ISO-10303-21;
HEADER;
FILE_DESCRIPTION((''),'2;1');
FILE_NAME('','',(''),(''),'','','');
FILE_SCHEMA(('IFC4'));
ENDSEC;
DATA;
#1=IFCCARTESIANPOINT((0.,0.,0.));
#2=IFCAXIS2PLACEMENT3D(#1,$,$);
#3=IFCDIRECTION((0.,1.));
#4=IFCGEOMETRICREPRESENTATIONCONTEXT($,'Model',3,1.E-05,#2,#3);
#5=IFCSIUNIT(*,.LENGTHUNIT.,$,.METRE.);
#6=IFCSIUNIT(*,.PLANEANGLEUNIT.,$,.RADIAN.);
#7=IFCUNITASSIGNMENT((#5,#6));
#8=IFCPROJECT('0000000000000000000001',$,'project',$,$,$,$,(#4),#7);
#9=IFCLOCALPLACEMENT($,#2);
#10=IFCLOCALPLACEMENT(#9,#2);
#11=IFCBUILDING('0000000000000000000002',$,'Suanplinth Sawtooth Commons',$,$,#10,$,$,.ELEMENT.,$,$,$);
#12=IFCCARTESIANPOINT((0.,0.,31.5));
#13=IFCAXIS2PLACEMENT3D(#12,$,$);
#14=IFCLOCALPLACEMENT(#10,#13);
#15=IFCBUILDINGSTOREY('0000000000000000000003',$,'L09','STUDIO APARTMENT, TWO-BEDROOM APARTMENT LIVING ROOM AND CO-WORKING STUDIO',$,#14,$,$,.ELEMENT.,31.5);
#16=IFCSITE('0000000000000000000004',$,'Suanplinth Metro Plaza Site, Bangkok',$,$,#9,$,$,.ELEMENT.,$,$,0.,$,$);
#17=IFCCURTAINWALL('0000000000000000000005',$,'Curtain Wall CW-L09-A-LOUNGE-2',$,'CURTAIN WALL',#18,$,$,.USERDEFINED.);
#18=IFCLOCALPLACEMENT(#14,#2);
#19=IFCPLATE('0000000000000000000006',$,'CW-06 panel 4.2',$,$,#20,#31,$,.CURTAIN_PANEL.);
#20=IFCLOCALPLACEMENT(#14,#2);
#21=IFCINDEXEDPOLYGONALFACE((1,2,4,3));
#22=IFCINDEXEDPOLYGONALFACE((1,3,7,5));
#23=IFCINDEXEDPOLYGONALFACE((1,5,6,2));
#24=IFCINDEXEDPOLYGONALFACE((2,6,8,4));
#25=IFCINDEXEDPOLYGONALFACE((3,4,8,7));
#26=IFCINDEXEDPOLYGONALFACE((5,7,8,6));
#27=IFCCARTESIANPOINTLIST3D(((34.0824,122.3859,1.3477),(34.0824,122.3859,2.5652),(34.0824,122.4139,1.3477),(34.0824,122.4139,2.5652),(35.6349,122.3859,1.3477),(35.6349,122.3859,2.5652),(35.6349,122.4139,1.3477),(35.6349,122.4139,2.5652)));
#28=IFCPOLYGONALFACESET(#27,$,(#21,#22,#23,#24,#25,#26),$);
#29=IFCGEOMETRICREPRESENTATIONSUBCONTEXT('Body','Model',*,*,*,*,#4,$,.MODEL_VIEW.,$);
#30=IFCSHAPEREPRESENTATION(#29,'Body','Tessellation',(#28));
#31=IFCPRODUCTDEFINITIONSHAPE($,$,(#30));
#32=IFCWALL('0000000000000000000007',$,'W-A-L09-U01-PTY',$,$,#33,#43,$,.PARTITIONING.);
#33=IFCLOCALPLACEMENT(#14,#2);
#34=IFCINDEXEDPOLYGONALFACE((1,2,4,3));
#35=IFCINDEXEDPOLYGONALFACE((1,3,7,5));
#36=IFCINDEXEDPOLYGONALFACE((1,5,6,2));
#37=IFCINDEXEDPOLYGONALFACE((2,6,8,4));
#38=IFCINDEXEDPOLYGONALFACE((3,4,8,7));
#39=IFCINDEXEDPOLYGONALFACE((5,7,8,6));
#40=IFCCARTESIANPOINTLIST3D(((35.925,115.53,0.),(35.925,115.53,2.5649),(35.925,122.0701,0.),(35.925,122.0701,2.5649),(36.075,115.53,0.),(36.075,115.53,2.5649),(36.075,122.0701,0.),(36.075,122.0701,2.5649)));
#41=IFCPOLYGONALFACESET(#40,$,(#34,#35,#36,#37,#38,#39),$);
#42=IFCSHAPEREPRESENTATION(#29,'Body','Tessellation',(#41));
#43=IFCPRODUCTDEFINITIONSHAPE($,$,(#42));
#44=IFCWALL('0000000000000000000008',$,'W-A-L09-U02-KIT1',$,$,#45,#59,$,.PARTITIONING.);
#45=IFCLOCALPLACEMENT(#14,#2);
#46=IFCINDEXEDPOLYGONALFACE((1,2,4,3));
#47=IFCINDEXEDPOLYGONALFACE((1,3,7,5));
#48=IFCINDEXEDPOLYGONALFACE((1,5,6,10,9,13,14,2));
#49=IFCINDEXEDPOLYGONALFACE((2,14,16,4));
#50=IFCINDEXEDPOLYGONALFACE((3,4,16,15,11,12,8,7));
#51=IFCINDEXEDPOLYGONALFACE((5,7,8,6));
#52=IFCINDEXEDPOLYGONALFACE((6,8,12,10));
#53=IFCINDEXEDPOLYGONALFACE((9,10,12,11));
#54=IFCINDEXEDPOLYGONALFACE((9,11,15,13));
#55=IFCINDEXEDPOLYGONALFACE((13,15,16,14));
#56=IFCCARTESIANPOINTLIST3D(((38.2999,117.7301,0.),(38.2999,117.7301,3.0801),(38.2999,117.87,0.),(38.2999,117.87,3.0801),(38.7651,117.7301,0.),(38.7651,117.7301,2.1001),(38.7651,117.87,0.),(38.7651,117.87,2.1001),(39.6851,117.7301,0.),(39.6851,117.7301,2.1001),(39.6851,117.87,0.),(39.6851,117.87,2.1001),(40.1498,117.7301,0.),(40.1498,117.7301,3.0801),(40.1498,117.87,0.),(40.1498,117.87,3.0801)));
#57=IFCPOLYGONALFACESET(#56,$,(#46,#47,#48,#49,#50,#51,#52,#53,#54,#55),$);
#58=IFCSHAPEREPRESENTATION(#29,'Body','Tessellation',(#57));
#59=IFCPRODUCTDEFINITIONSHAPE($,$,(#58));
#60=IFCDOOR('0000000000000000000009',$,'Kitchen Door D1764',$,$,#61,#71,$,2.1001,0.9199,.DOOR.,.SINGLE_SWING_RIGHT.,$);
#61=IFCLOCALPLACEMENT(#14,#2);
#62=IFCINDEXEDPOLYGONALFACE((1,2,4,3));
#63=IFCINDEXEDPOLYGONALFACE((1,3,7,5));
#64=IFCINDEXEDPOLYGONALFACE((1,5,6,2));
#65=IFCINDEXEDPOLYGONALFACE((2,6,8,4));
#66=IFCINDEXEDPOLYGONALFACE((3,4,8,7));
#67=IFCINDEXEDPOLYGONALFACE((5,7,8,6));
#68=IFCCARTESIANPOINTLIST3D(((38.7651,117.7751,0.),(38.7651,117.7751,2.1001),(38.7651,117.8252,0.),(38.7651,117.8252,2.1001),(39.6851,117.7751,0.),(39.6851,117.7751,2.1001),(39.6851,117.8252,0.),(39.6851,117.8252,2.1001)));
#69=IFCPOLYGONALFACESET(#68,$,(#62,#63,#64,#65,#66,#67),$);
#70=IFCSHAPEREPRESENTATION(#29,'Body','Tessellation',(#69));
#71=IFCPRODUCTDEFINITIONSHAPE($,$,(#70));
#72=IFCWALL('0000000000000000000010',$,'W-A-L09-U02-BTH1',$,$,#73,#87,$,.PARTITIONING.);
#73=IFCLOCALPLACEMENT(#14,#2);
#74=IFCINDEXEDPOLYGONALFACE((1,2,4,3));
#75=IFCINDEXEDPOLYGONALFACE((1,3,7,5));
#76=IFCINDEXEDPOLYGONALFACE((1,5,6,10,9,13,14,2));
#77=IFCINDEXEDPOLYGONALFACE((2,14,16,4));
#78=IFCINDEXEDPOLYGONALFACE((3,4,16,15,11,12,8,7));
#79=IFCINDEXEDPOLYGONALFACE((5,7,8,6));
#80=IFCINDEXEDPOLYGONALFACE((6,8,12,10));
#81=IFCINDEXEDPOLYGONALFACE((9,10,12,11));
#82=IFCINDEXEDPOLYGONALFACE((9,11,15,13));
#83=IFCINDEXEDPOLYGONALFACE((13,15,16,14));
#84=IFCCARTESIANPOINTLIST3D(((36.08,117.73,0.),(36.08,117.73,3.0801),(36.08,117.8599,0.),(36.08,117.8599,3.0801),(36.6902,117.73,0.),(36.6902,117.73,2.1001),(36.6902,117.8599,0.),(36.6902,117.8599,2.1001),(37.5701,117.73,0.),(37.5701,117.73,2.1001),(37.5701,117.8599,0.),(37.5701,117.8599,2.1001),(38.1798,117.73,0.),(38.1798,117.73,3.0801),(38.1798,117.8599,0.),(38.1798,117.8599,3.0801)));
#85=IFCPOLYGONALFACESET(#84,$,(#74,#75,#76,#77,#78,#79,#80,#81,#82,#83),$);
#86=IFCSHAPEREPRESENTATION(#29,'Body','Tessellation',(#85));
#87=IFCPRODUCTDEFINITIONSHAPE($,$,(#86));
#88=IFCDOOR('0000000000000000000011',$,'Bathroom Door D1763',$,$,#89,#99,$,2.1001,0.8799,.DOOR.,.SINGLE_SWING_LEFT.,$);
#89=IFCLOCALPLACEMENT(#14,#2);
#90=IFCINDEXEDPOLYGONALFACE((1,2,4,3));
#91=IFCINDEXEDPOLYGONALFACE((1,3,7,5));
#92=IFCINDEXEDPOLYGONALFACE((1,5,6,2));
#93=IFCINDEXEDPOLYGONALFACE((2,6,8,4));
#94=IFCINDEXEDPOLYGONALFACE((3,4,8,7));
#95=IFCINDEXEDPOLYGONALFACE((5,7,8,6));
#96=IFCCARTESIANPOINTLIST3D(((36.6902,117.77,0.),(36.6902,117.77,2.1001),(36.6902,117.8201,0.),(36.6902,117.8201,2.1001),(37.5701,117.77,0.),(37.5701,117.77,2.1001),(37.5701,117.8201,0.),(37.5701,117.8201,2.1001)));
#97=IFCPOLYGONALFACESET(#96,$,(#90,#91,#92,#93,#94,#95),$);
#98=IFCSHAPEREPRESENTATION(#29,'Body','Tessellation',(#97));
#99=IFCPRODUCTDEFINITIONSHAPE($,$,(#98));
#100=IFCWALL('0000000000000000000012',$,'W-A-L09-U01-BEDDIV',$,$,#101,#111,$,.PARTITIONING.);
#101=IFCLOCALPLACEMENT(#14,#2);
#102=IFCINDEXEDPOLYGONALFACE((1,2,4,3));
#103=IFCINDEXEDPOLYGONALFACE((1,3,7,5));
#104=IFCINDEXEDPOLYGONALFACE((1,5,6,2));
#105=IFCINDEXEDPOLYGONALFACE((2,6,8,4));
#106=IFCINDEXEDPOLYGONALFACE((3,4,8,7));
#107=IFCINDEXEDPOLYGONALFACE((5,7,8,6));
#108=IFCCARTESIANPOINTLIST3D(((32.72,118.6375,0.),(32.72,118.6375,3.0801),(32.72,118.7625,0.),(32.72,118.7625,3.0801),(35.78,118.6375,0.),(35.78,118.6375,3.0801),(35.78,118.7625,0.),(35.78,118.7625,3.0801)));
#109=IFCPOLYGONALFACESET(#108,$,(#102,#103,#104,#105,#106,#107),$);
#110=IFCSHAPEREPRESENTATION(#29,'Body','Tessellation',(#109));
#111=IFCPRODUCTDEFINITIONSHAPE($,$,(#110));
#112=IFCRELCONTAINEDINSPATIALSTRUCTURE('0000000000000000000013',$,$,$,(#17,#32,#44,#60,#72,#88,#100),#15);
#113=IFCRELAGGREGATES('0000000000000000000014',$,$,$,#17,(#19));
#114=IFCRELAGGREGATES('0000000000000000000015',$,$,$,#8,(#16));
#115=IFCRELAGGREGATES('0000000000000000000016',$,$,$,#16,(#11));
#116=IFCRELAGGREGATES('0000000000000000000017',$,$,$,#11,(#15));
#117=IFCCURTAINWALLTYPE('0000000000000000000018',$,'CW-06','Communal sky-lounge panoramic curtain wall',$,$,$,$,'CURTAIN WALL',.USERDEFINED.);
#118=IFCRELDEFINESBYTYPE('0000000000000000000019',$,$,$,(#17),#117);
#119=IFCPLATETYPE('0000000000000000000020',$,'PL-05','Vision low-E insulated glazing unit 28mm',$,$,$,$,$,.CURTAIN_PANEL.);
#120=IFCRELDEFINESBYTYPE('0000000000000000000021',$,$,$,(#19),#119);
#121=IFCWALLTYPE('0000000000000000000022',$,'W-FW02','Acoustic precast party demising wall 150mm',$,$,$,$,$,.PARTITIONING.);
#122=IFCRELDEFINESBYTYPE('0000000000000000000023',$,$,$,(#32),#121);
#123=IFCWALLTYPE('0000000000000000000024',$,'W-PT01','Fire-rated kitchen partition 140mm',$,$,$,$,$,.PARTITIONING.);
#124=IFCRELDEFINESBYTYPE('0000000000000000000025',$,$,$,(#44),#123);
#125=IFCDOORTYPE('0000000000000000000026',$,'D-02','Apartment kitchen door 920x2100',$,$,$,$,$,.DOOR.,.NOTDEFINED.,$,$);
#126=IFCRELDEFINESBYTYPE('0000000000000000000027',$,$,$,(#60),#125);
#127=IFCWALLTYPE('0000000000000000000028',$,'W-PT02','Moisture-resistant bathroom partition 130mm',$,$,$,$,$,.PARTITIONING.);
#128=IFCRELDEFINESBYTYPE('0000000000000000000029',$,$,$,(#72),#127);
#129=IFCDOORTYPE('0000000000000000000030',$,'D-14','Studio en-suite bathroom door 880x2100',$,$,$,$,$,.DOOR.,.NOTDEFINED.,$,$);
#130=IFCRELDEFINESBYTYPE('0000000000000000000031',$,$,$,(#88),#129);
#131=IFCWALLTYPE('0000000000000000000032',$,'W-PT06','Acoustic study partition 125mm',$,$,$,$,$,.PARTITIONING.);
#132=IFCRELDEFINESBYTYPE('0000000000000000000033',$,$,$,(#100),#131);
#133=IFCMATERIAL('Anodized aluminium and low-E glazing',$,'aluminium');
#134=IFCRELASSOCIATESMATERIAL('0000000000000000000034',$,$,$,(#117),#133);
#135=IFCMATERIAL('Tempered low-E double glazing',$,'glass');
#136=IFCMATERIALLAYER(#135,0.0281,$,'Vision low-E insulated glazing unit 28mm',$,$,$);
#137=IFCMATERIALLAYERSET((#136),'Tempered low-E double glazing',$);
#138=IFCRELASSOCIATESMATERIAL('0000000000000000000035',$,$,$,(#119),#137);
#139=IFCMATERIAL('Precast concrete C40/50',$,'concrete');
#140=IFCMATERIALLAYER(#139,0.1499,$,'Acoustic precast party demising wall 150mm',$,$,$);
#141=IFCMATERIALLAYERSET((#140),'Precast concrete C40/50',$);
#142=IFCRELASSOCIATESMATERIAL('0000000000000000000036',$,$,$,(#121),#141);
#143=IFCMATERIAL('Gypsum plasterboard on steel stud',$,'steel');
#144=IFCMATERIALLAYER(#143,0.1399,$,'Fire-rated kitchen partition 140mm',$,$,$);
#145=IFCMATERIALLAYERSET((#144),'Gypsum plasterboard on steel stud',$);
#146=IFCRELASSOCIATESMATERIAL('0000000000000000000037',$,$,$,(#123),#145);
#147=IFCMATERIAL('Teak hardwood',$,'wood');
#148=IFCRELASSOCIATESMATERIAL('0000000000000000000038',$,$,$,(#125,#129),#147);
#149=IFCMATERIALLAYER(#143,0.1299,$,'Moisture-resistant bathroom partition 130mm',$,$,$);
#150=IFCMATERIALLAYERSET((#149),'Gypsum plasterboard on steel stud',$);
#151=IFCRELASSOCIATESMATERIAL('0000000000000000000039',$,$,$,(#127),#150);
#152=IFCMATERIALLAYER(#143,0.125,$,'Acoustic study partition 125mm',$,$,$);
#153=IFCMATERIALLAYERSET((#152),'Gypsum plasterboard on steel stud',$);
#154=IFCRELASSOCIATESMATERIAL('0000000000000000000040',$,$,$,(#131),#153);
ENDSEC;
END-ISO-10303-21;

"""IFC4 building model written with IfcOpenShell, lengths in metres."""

from ifc_helpers import new_model, si_unit, direction, frame, frame_2d, origin, origin_2d, place, context, subcontext, project, spatial, rectangle, extrude, material, layer, layer_set, type_object, element, fill, aggregate, save


model = new_model("IFC4")

# Units and contexts
model_context = context("Model", 3, precision=1e-05, world=origin(), true_north=direction((0.0, 1.0)))
body_context = subcontext(model_context, "Body", "Model", "MODEL_VIEW")
ifc_project = project(units=[si_unit("LENGTHUNIT", "METRE"), si_unit("PLANEANGLEUNIT", "RADIAN")], contexts=[model_context])

# Site, building, storey
site_placement = place(None, origin())
site = spatial("IfcSite", under=ifc_project, at=site_placement, Name="Suanplinth Metro Plaza Site, Bangkok", CompositionType="ELEMENT", RefElevation=0.0)
building_placement = place(site_placement, origin())
building = spatial("IfcBuilding", under=site, at=building_placement, Name="Suanplinth Sawtooth Commons", CompositionType="ELEMENT")
storey_placement = place(building_placement, frame((0.0, 0.0, 31.5)))
storey = spatial("IfcBuildingStorey", under=building, at=storey_placement, Name="L09", Description="STUDIO APARTMENT, TWO-BEDROOM APARTMENT LIVING ROOM AND CO-WORKING STUDIO", CompositionType="ELEMENT", Elevation=31.5)

# Shared definitions
ifc_material_1 = material(Name="Precast concrete C40/50", Category="concrete")

# Curtain wall, plate
ifc_material_2 = material(Name="Anodized aluminium and low-E glazing", Category="aluminium")
curtain_wall_type = type_object("IfcCurtainWallType", Name="CW-06", Description="Communal sky-lounge panoramic curtain wall", ElementType="CURTAIN WALL", PredefinedType="USERDEFINED", material=ifc_material_2)
curtain_wall_placement = place(storey_placement, origin())
curtain_wall = element("IfcCurtainWall", 1, at=curtain_wall_placement, inside=storey, type_object=curtain_wall_type, Name="Curtain Wall CW-L09-A-LOUNGE-2", ObjectType="CURTAIN WALL", PredefinedType="USERDEFINED")
ifc_material_3 = material(Name="Tempered low-E double glazing", Category="glass")
ifc_layer_1 = layer(ifc_material_3, 0.0281, Name="Vision low-E insulated glazing unit 28mm")
ifc_layer_set_1 = layer_set([ifc_layer_1], Name="Tempered low-E double glazing")
plate_type = type_object("IfcPlateType", Name="PL-05", Description="Vision low-E insulated glazing unit 28mm", PredefinedType="CURTAIN_PANEL", material=ifc_layer_set_1)
plate_1_placement = place(storey_placement, frame((34.8586, 122.3999, 1.3477), z_axis=(0.0, 0.0, 1.0), x_axis=(1.0, 0.0, 0.0)))
plate_1 = element("IfcPlate", 2, at=plate_1_placement, type_object=plate_type, Name="CW-06 panel 4.2", PredefinedType="CURTAIN_PANEL", context=body_context, shape_type="SweptSolid", body=[
    extrude(rectangle(XDim=1.5525, YDim=0.0281, at=origin_2d()), origin(), (0.0, 0.0, 1.0), 1.2175),
])
aggregate(curtain_wall, [plate_1])

# Wall
ifc_layer_2 = layer(ifc_material_1, 0.1499, Name="Acoustic precast party demising wall 150mm")
ifc_layer_set_2 = layer_set([ifc_layer_2], Name="Precast concrete C40/50")
wall_type_1 = type_object("IfcWallType", Name="W-FW02", Description="Acoustic precast party demising wall 150mm", PredefinedType="PARTITIONING", material=ifc_layer_set_2)
wall_1_placement = place(storey_placement, frame((36.0, 115.53, 0.0), z_axis=(0.0, 0.0, 1.0), x_axis=(0.0, 1.0, 0.0)))
element("IfcWall", 3, at=wall_1_placement, inside=storey, type_object=wall_type_1, Name="W-A-L09-U01-PTY", PredefinedType="PARTITIONING", context=body_context, shape_type="SweptSolid", body=[
    extrude(rectangle(XDim=6.54, YDim=0.1499, at=frame_2d((3.27, 0.0))), origin(), (0.0, 0.0, 1.0), 2.5649),
])

# Walls, openings, doors
ifc_material_4 = material(Name="Gypsum plasterboard on steel stud", Category="steel")
ifc_layer_3 = layer(ifc_material_4, 0.1399, Name="Fire-rated kitchen partition 140mm")
ifc_layer_set_3 = layer_set([ifc_layer_3], Name="Gypsum plasterboard on steel stud")
wall_type_2 = type_object("IfcWallType", Name="W-PT01", Description="Fire-rated kitchen partition 140mm", PredefinedType="PARTITIONING", material=ifc_layer_set_3)
wall_2_placement = place(storey_placement, frame((38.3, 117.8, 0.0), z_axis=(0.0, 0.0, 1.0), x_axis=(1.0, 0.0, 0.0)))
wall_2 = element("IfcWall", 4, at=wall_2_placement, inside=storey, type_object=wall_type_2, Name="W-A-L09-U02-KIT1", PredefinedType="PARTITIONING", context=body_context, shape_type="SweptSolid", body=[
    extrude(rectangle(XDim=1.8499, YDim=0.1399, at=frame_2d((0.9248, 0.0))), origin(), (0.0, 0.0, 1.0), 3.0801),
])
opening_1_placement = place(wall_2_placement, frame((0.4651, 0.0, 0.0)))
opening_1 = element("IfcOpeningElement", 5, at=opening_1_placement, cuts=wall_2, PredefinedType="OPENING", context=body_context, shape_type="SweptSolid", body=[
    extrude(rectangle(XDim=0.9199, YDim=2.1001, at=frame_2d((0.46, 1.05))), frame((0.0, 0.085, 0.0), z_axis=(0.0, -1.0, 0.0), x_axis=(1.0, 0.0, 0.0)), (0.0, 0.0, 1.0), 0.1697),
])
ifc_material_5 = material(Name="Teak hardwood", Category="wood")
door_type_1 = type_object("IfcDoorType", Name="D-02", Description="Apartment kitchen door 920x2100", OperationType="NOTDEFINED", PredefinedType="DOOR", material=ifc_material_5)
door_1_placement = place(opening_1_placement, frame((0.9199, 0.0, 0.0), z_axis=(0.0, 0.0, 1.0), x_axis=(-1.0, 0.0, 0.0)))
door_1 = element("IfcDoor", 6, at=door_1_placement, inside=storey, type_object=door_type_1, Name="Kitchen Door D1764", OperationType="SINGLE_SWING_RIGHT", OverallHeight=2.1001, OverallWidth=0.9199, PredefinedType="DOOR", context=body_context, shape_type="SweptSolid", body=[
    extrude(rectangle(XDim=0.9199, YDim=2.1001, at=frame_2d((0.46, 1.05))), frame((0.0, 0.0249, 0.0), z_axis=(0.0, -1.0, 0.0), x_axis=(1.0, 0.0, 0.0)), (0.0, 0.0, 1.0), 0.05),
])
fill(opening_1, door_1)
ifc_layer_4 = layer(ifc_material_4, 0.1299, Name="Moisture-resistant bathroom partition 130mm")
ifc_layer_set_4 = layer_set([ifc_layer_4], Name="Gypsum plasterboard on steel stud")
wall_type_3 = type_object("IfcWallType", Name="W-PT02", Description="Moisture-resistant bathroom partition 130mm", PredefinedType="PARTITIONING", material=ifc_layer_set_4)
wall_3_placement = place(storey_placement, frame((36.0801, 117.7949, 0.0), z_axis=(0.0, 0.0, 1.0), x_axis=(1.0, 0.0, 0.0)))
wall_3 = element("IfcWall", 7, at=wall_3_placement, inside=storey, type_object=wall_type_3, Name="W-A-L09-U02-BTH1", PredefinedType="PARTITIONING", context=body_context, shape_type="SweptSolid", body=[
    extrude(rectangle(XDim=2.0999, YDim=0.1299, at=frame_2d((1.0498, 0.0))), origin(), (0.0, 0.0, 1.0), 3.0801),
])
opening_2_placement = place(wall_3_placement, frame((0.6101, 0.0, 0.0)))
opening_2 = element("IfcOpeningElement", 8, at=opening_2_placement, cuts=wall_3, PredefinedType="OPENING", context=body_context, shape_type="SweptSolid", body=[
    extrude(rectangle(XDim=0.8799, YDim=2.1001, at=frame_2d((0.4399, 1.05))), frame((0.0, 0.0798, 0.0), z_axis=(0.0, -1.0, 0.0), x_axis=(1.0, 0.0, 0.0)), (0.0, 0.0, 1.0), 0.1597),
])
door_type_2 = type_object("IfcDoorType", Name="D-14", Description="Studio en-suite bathroom door 880x2100", OperationType="NOTDEFINED", PredefinedType="DOOR", material=ifc_material_5)
door_2_placement = place(opening_2_placement, frame((0.8799, 0.0, 0.0), z_axis=(0.0, 0.0, 1.0), x_axis=(-1.0, 0.0, 0.0)))
door_2 = element("IfcDoor", 9, at=door_2_placement, inside=storey, type_object=door_type_2, Name="Bathroom Door D1763", OperationType="SINGLE_SWING_LEFT", OverallHeight=2.1001, OverallWidth=0.8799, PredefinedType="DOOR", context=body_context, shape_type="SweptSolid", body=[
    extrude(rectangle(XDim=0.8799, YDim=2.1001, at=frame_2d((0.4399, 1.05))), frame((0.0, 0.0249, 0.0), z_axis=(0.0, -1.0, 0.0), x_axis=(1.0, 0.0, 0.0)), (0.0, 0.0, 1.0), 0.05),
])
fill(opening_2, door_2)

# Wall
ifc_layer_5 = layer(ifc_material_4, 0.125, Name="Acoustic study partition 125mm")
ifc_layer_set_5 = layer_set([ifc_layer_5], Name="Gypsum plasterboard on steel stud")
wall_type_4 = type_object("IfcWallType", Name="W-PT06", Description="Acoustic study partition 125mm", PredefinedType="PARTITIONING", material=ifc_layer_set_5)
wall_4_placement = place(storey_placement, frame((32.72, 118.7, 0.0), z_axis=(0.0, 0.0, 1.0), x_axis=(1.0, 0.0, 0.0)))
element("IfcWall", 10, at=wall_4_placement, inside=storey, type_object=wall_type_4, Name="W-A-L09-U01-BEDDIV", PredefinedType="PARTITIONING", context=body_context, shape_type="SweptSolid", body=[
    extrude(rectangle(XDim=3.0601, YDim=0.125, at=frame_2d((1.53, 0.0))), origin(), (0.0, 0.0, 1.0), 3.0801),
])

save(model, "model.ifc")
